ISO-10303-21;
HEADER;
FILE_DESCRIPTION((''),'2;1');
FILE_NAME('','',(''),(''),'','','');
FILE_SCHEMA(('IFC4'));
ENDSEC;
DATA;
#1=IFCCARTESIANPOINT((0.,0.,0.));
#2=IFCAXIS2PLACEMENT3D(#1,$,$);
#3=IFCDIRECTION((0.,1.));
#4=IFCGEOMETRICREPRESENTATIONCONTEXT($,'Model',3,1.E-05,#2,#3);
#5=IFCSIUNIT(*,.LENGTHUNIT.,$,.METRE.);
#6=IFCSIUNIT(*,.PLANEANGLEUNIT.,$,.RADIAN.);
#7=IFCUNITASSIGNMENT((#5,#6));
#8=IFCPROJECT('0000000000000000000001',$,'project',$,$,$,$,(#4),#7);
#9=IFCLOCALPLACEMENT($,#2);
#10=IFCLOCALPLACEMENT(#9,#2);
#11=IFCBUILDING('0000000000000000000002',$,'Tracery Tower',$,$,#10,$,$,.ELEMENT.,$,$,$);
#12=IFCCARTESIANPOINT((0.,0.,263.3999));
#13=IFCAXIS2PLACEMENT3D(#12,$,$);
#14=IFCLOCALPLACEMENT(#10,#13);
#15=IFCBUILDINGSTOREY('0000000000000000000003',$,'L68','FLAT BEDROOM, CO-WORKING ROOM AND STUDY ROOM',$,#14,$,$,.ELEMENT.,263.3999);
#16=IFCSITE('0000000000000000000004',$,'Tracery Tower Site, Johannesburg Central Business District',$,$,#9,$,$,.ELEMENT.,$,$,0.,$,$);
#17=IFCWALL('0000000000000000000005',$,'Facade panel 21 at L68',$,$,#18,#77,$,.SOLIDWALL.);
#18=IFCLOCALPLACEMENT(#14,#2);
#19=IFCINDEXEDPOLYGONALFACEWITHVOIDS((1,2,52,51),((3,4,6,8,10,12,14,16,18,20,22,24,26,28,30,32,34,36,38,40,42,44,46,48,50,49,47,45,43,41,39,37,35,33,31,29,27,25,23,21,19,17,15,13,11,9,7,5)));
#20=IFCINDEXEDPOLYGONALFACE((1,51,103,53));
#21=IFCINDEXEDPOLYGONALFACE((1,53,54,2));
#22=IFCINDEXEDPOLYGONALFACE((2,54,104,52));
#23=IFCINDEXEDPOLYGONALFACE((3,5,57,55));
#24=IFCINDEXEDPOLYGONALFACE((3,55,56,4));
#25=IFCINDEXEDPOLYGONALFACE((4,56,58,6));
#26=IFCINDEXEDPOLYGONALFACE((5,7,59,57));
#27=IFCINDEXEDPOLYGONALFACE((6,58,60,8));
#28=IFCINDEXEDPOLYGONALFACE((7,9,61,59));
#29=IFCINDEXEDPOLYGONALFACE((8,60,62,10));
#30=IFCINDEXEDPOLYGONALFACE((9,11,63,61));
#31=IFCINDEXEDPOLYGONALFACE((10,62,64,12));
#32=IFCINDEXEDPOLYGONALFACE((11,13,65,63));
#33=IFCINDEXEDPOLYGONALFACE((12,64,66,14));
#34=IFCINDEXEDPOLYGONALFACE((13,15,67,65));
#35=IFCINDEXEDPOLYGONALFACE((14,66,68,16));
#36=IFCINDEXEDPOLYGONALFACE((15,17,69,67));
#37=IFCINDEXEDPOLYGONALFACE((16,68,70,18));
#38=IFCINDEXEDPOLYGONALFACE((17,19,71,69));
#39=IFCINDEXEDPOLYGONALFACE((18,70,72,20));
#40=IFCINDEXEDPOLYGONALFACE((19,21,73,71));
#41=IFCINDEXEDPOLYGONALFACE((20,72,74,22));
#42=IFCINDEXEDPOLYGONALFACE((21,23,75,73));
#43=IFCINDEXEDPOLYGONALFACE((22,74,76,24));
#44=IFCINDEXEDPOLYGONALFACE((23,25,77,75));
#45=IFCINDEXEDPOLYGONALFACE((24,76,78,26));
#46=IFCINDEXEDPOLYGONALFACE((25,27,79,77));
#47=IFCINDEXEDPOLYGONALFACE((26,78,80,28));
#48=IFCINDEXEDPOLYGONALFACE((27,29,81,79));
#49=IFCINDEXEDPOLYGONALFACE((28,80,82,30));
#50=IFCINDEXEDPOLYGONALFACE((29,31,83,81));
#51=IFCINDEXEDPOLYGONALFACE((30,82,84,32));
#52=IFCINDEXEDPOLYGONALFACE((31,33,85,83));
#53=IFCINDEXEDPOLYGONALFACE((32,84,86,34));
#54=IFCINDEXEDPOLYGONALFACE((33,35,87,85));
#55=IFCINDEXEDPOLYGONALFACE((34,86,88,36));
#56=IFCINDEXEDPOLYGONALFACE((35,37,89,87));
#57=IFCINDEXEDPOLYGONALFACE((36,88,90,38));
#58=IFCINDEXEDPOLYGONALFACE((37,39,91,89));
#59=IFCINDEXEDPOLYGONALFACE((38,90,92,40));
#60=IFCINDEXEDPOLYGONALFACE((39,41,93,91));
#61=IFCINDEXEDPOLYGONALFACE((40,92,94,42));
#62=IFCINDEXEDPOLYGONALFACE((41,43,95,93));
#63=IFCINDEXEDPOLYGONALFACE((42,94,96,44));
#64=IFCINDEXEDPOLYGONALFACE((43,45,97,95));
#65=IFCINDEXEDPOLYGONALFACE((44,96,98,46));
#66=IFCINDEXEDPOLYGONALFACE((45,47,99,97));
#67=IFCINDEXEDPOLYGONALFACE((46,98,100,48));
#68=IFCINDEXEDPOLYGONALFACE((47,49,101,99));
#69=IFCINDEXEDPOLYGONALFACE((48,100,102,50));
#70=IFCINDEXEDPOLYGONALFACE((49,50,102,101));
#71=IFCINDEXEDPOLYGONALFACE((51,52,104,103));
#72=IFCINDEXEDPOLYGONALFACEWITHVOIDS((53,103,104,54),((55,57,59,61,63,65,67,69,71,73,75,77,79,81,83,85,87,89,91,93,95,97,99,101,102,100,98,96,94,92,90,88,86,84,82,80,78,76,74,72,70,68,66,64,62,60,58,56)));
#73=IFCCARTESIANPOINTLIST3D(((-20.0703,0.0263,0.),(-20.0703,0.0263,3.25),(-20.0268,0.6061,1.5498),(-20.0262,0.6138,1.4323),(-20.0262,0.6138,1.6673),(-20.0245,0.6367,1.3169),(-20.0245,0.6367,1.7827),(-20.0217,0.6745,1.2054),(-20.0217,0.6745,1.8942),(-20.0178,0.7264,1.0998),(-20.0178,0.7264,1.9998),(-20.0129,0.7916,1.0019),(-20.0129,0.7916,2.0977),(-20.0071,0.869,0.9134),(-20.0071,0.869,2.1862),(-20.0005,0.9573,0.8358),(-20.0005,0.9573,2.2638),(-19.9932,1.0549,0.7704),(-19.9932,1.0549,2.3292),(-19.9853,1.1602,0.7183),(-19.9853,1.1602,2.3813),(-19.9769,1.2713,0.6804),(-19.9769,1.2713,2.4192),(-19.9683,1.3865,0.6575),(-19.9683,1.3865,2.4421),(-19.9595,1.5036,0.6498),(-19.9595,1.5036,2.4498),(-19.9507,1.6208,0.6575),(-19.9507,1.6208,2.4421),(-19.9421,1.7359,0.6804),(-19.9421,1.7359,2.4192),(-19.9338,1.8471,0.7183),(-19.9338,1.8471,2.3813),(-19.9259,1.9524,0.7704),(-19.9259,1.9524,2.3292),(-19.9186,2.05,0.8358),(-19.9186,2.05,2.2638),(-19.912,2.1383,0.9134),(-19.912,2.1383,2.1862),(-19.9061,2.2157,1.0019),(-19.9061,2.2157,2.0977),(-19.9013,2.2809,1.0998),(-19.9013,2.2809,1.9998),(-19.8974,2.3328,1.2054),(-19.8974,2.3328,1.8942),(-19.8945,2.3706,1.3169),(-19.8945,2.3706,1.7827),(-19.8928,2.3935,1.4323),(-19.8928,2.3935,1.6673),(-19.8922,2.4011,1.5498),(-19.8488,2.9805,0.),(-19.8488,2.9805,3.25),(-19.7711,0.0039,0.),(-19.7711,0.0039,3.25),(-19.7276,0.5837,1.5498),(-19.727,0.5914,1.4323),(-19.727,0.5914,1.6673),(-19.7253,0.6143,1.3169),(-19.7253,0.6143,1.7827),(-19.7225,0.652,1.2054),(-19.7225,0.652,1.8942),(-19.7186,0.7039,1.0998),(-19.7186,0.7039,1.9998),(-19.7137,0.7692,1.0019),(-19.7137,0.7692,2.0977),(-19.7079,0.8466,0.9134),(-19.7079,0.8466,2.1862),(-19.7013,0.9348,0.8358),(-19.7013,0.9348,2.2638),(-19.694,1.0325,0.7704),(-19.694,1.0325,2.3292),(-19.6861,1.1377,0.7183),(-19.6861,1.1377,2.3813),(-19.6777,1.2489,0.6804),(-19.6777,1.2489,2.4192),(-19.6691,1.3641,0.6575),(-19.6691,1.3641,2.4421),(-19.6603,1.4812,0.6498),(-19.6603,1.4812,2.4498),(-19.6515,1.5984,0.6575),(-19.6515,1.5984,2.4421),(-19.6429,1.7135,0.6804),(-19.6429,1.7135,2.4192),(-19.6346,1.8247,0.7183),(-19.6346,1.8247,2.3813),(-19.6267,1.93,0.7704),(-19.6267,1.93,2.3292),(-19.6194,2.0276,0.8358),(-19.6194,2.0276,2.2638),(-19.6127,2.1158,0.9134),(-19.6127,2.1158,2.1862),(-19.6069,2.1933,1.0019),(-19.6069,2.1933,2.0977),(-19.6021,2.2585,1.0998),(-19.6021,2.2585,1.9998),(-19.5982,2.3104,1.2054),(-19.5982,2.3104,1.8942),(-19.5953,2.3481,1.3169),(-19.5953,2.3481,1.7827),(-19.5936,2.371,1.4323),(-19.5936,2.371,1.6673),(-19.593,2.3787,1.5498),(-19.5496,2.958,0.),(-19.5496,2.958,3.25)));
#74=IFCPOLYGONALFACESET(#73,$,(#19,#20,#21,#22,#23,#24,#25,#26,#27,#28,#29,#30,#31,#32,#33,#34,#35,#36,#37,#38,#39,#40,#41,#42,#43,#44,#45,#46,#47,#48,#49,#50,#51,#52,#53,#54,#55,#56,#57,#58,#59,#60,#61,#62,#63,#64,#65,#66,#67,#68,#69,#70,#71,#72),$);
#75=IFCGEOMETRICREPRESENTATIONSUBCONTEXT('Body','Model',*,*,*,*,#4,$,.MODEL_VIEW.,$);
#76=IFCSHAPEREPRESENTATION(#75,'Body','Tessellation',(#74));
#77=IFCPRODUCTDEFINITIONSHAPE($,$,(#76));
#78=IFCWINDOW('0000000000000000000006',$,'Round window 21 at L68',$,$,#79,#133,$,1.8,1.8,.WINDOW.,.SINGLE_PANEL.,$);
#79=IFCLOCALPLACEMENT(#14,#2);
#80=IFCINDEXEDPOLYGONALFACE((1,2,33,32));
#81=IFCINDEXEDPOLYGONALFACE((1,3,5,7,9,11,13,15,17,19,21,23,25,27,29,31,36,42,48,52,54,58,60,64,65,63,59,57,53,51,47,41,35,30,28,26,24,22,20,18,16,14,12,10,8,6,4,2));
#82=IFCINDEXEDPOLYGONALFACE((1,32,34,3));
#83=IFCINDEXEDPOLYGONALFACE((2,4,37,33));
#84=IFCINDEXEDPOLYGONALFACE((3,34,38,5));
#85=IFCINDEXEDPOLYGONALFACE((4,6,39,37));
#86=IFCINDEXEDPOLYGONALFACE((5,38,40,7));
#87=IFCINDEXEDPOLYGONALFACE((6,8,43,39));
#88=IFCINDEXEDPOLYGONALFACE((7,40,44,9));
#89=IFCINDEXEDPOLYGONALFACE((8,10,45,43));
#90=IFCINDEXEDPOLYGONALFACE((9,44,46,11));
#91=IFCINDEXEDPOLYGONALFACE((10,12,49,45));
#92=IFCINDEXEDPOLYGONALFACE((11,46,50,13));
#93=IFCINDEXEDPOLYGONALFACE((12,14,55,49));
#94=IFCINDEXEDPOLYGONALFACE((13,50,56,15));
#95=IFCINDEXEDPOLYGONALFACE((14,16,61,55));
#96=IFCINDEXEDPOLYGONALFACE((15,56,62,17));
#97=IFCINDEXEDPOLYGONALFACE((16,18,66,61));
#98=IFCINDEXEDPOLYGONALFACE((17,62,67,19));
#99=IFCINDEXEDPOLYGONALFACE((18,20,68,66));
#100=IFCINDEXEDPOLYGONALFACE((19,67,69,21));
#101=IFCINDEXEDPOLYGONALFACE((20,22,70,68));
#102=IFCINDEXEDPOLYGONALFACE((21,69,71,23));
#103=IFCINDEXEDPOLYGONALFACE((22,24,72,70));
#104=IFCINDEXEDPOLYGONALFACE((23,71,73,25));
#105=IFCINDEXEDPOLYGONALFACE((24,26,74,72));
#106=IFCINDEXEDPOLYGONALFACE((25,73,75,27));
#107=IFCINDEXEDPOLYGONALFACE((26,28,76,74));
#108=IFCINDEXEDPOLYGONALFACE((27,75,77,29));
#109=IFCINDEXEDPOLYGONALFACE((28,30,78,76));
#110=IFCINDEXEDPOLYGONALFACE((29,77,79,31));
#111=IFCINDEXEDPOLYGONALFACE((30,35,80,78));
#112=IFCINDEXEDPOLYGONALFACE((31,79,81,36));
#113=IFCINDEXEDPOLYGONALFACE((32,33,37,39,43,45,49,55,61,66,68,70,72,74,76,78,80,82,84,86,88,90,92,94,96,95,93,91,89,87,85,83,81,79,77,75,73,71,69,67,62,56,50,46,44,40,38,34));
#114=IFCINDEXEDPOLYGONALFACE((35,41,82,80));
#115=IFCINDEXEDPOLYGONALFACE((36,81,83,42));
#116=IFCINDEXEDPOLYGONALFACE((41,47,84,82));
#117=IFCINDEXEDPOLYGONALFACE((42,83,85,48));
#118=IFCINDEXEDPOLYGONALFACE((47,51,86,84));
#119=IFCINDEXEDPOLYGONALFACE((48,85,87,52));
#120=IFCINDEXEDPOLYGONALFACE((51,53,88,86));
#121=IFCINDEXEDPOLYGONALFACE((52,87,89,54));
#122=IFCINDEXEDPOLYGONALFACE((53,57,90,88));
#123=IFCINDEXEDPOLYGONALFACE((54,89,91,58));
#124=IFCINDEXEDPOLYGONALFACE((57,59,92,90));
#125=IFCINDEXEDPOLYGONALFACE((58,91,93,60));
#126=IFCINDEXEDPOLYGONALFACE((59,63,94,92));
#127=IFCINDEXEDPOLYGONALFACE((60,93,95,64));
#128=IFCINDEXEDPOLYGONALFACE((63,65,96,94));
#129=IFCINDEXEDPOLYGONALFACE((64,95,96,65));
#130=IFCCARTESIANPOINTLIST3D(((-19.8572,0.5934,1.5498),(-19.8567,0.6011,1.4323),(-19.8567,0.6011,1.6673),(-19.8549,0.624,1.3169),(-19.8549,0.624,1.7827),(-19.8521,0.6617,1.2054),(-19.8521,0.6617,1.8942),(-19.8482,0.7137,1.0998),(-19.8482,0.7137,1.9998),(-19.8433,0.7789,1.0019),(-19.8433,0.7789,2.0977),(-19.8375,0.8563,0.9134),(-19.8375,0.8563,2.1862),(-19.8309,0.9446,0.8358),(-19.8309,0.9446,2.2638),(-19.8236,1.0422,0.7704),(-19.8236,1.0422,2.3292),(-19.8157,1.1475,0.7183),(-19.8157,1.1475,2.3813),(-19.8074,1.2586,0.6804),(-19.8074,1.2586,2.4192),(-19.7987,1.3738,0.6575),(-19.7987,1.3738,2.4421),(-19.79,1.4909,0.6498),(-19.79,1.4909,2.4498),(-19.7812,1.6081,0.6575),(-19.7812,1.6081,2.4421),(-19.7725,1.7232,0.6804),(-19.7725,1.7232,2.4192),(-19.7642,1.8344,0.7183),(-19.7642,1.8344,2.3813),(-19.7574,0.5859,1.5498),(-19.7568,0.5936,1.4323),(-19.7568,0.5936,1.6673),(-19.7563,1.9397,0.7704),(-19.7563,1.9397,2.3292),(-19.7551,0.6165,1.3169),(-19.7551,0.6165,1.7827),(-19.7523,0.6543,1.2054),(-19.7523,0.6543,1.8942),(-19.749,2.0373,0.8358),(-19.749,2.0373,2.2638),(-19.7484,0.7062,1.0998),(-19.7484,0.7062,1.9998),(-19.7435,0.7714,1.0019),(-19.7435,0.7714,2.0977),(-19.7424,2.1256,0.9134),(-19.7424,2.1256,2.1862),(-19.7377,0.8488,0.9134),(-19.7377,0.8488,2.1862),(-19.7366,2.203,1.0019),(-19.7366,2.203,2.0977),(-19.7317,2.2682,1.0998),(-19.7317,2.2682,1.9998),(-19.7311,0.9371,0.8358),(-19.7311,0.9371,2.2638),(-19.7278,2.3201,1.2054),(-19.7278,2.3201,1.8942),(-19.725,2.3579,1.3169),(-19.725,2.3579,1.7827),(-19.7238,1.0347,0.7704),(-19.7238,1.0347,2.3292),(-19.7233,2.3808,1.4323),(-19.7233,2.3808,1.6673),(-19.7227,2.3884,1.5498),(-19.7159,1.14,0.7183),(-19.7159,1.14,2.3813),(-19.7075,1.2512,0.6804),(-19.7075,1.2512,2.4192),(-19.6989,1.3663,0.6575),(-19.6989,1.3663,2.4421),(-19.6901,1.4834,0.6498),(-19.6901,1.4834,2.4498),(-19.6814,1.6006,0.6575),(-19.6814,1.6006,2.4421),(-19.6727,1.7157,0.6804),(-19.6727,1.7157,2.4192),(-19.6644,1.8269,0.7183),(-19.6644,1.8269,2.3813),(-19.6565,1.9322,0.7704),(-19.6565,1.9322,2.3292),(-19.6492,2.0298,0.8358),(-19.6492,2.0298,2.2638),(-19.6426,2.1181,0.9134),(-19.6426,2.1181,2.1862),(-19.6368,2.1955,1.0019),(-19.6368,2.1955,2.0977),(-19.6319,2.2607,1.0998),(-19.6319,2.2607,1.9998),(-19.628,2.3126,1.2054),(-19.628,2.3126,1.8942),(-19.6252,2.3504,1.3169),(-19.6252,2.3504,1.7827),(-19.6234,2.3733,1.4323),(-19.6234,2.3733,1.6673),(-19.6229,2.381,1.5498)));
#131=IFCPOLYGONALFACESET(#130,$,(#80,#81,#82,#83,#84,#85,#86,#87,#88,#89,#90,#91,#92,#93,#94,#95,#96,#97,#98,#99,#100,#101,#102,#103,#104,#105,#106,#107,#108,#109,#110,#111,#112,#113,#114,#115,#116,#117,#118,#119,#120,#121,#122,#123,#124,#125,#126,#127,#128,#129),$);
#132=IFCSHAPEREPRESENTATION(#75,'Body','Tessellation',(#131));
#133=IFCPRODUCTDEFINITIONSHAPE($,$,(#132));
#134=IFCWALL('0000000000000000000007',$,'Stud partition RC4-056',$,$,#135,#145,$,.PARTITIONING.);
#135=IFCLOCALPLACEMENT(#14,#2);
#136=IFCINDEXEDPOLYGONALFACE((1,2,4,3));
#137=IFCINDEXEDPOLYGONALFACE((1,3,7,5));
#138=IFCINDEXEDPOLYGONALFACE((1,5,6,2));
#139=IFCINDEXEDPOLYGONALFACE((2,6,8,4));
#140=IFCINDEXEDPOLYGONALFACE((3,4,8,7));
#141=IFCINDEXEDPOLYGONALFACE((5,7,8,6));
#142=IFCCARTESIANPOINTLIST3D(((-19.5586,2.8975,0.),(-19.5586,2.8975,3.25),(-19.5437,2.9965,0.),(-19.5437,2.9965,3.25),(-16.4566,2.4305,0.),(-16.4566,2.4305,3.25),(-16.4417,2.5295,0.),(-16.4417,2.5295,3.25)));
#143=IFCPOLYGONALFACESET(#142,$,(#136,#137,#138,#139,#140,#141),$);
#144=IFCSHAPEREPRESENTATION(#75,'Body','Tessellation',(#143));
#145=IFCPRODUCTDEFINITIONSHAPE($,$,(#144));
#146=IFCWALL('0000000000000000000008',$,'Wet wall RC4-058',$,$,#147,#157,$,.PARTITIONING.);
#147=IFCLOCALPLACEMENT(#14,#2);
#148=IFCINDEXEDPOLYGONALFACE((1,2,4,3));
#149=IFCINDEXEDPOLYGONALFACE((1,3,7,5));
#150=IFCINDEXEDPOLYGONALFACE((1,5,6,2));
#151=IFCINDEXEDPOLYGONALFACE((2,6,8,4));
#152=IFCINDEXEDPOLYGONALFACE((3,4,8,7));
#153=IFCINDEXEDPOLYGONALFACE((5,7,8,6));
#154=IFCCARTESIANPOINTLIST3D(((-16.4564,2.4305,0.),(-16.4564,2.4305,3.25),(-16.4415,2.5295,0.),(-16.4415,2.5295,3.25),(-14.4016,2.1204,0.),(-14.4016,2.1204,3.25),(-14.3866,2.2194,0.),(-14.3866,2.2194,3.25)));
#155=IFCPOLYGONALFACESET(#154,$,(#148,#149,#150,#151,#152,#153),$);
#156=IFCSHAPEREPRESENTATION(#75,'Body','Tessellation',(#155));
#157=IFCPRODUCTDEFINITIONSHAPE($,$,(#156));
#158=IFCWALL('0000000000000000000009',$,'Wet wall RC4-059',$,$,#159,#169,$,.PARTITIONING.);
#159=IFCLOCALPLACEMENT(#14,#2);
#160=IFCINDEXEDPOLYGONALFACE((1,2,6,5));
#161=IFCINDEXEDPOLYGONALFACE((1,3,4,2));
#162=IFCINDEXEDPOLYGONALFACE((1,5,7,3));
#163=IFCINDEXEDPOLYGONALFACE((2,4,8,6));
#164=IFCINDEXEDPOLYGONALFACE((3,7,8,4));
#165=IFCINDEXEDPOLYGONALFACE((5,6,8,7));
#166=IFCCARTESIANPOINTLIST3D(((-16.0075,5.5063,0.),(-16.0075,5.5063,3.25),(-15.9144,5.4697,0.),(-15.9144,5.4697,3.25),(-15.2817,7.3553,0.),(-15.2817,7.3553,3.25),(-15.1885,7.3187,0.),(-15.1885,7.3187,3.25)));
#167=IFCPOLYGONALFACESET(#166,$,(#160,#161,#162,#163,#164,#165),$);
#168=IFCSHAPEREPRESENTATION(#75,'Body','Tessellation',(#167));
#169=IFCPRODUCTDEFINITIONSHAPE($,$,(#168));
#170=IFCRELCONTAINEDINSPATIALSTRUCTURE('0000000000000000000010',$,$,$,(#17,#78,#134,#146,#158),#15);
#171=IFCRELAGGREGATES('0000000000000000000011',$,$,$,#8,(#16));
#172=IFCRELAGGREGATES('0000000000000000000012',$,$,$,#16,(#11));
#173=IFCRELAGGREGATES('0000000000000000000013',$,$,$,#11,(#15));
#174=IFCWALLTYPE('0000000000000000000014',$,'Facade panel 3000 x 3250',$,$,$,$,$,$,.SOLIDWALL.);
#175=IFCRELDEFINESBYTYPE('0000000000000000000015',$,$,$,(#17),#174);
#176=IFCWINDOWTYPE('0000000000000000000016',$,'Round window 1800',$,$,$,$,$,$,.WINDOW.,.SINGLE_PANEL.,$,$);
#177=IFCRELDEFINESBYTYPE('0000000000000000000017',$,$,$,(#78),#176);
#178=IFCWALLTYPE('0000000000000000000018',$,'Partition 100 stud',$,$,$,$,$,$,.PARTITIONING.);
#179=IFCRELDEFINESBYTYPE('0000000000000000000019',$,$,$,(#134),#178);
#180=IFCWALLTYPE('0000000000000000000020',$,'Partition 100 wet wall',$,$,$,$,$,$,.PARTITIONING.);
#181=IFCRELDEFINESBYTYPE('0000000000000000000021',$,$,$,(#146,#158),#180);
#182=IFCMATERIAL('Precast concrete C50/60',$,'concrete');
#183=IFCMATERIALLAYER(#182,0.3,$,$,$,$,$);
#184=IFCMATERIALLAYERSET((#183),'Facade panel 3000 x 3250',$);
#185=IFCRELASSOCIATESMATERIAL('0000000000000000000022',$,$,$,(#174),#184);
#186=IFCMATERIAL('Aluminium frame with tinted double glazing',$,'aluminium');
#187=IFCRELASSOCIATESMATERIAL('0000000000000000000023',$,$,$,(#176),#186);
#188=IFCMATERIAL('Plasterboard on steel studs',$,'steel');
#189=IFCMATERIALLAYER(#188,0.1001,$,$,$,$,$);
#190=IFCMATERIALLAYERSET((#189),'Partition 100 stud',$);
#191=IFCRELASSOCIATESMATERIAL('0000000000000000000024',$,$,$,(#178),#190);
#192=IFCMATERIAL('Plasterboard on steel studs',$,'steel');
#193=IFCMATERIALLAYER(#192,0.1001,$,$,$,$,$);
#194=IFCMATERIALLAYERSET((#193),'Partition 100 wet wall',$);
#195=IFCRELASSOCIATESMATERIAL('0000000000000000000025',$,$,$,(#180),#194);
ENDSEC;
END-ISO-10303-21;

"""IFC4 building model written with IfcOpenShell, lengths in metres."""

from ifc_helpers import new_model, si_unit, direction, frame, frame_2d, origin, origin_2d, place, context, subcontext, project, spatial, rectangle, circle, extrude, material, layer, layer_set, type_object, element, fill, save


model = new_model("IFC4")

# Units and contexts
model_context = context("Model", 3, precision=1e-05, world=origin(), true_north=direction((0.0, 1.0)))
body_context = subcontext(model_context, "Body", "Model", "MODEL_VIEW")
ifc_project = project(units=[si_unit("LENGTHUNIT", "METRE"), si_unit("PLANEANGLEUNIT", "RADIAN")], contexts=[model_context])

# Site, building, storey
site_placement = place(None, origin())
site = spatial("IfcSite", under=ifc_project, at=site_placement, Name="Tracery Tower Site, Johannesburg Central Business District", CompositionType="ELEMENT", RefElevation=0.0)
building_placement = place(site_placement, origin())
building = spatial("IfcBuilding", under=site, at=building_placement, Name="Tracery Tower", CompositionType="ELEMENT")
storey_placement = place(building_placement, frame((0.0, 0.0, 263.3999)))
storey = spatial("IfcBuildingStorey", under=building, at=storey_placement, Name="L68", Description="FLAT BEDROOM, CO-WORKING ROOM AND STUDY ROOM", CompositionType="ELEMENT", Elevation=263.3999)

# Wall, opening, window
ifc_material_1 = material(Name="Precast concrete C50/60", Category="concrete")
ifc_layer_1 = layer(ifc_material_1, 0.3)
ifc_layer_set_1 = layer_set([ifc_layer_1], Name="Facade panel 3000 x 3250")
wall_type_1 = type_object("IfcWallType", Name="Facade panel 3000 x 3250", PredefinedType="SOLIDWALL", material=ifc_layer_set_1)
ifc_material_2 = material(Name="Aluminium frame with tinted double glazing", Category="aluminium")
window_type = type_object("IfcWindowType", Name="Round window 1800", PartitioningType="SINGLE_PANEL", PredefinedType="WINDOW", material=ifc_material_2)
wall_1_placement = place(storey_placement, frame((-19.6992, 2.9692, 0.0), z_axis=(0.0, 0.0, 1.0), x_axis=(-0.074749, -0.997202, 0.0)))
wall_1 = element("IfcWall", 1, at=wall_1_placement, inside=storey, type_object=wall_type_1, Name="Facade panel 21 at L68", PredefinedType="SOLIDWALL", context=body_context, shape_type="SweptSolid", body=[
    extrude(rectangle(XDim=2.9624, YDim=0.3, at=frame_2d((1.4812, 0.0))), origin(), (0.0, 0.0, 1.0), 3.25),
])
opening_1_placement = place(wall_1_placement, frame((1.481, 0.0, 1.5498)))
opening_1 = element("IfcOpeningElement", 2, at=opening_1_placement, cuts=wall_1, PredefinedType="OPENING", context=body_context, shape_type="SweptSolid", body=[
    extrude(circle(Radius=0.9, at=origin_2d()), frame((0.0, 0.1599, 0.0), z_axis=(0.0, -1.0, 0.0), x_axis=(1.0, 0.0, 0.0)), (0.0, 0.0, 1.0), 0.3201),
])
window_1_placement = place(opening_1_placement, origin())
window_1 = element("IfcWindow", 3, at=window_1_placement, inside=storey, type_object=window_type, Name="Round window 21 at L68", OverallHeight=1.8, OverallWidth=1.8, PartitioningType="SINGLE_PANEL", PredefinedType="WINDOW", context=body_context, shape_type="SweptSolid", body=[
    extrude(circle(Radius=0.9, at=origin_2d()), frame((0.0, 0.1201, 0.0), z_axis=(0.0, -1.0, 0.0), x_axis=(1.0, 0.0, 0.0)), (0.0, 0.0, 1.0), 0.1001),
])
fill(opening_1, window_1)

# Walls
ifc_material_3 = material(Name="Plasterboard on steel studs", Category="steel")
ifc_layer_2 = layer(ifc_material_3, 0.1001)
ifc_layer_set_2 = layer_set([ifc_layer_2], Name="Partition 100 stud")
wall_type_2 = type_object("IfcWallType", Name="Partition 100 stud", PredefinedType="PARTITIONING", material=ifc_layer_set_2)
wall_2_placement = place(storey_placement, frame((-19.551, 2.947, 0.0), z_axis=(0.0, 0.0, 1.0), x_axis=(0.988855, -0.148881, 0.0)))
element("IfcWall", 4, at=wall_2_placement, inside=storey, type_object=wall_type_2, Name="Stud partition RC4-056", PredefinedType="PARTITIONING", context=body_context, shape_type="SweptSolid", body=[
    extrude(rectangle(XDim=3.137, YDim=0.1001, at=frame_2d((1.5684, 0.0))), origin(), (0.0, 0.0, 1.0), 3.25),
])
ifc_material_4 = material(Name="Plasterboard on steel studs", Category="steel")
ifc_layer_3 = layer(ifc_material_4, 0.1001)
ifc_layer_set_3 = layer_set([ifc_layer_3], Name="Partition 100 wet wall")
wall_type_3 = type_object("IfcWallType", Name="Partition 100 wet wall", PredefinedType="PARTITIONING", material=ifc_layer_set_3)
wall_3_placement = place(storey_placement, frame((-16.449, 2.48, 0.0), z_axis=(0.0, 0.0, 1.0), x_axis=(0.988808, -0.149196, 0.0)))
element("IfcWall", 5, at=wall_3_placement, inside=storey, type_object=wall_type_3, Name="Wet wall RC4-058", PredefinedType="PARTITIONING", context=body_context, shape_type="SweptSolid", body=[
    extrude(rectangle(XDim=2.0781, YDim=0.1001, at=frame_2d((1.0391, 0.0))), origin(), (0.0, 0.0, 1.0), 3.25),
])
wall_4_placement = place(storey_placement, frame((-15.9609, 5.488, 0.0), z_axis=(0.0, 0.0, 1.0), x_axis=(0.365428, 0.93084, 0.0)))
element("IfcWall", 6, at=wall_4_placement, inside=storey, type_object=wall_type_3, Name="Wet wall RC4-059", PredefinedType="PARTITIONING", context=body_context, shape_type="SweptSolid", body=[
    extrude(rectangle(XDim=1.9863, YDim=0.1001, at=frame_2d((0.9932, 0.0))), origin(), (0.0, 0.0, 1.0), 3.25),
])

save(model, "model.ifc")
